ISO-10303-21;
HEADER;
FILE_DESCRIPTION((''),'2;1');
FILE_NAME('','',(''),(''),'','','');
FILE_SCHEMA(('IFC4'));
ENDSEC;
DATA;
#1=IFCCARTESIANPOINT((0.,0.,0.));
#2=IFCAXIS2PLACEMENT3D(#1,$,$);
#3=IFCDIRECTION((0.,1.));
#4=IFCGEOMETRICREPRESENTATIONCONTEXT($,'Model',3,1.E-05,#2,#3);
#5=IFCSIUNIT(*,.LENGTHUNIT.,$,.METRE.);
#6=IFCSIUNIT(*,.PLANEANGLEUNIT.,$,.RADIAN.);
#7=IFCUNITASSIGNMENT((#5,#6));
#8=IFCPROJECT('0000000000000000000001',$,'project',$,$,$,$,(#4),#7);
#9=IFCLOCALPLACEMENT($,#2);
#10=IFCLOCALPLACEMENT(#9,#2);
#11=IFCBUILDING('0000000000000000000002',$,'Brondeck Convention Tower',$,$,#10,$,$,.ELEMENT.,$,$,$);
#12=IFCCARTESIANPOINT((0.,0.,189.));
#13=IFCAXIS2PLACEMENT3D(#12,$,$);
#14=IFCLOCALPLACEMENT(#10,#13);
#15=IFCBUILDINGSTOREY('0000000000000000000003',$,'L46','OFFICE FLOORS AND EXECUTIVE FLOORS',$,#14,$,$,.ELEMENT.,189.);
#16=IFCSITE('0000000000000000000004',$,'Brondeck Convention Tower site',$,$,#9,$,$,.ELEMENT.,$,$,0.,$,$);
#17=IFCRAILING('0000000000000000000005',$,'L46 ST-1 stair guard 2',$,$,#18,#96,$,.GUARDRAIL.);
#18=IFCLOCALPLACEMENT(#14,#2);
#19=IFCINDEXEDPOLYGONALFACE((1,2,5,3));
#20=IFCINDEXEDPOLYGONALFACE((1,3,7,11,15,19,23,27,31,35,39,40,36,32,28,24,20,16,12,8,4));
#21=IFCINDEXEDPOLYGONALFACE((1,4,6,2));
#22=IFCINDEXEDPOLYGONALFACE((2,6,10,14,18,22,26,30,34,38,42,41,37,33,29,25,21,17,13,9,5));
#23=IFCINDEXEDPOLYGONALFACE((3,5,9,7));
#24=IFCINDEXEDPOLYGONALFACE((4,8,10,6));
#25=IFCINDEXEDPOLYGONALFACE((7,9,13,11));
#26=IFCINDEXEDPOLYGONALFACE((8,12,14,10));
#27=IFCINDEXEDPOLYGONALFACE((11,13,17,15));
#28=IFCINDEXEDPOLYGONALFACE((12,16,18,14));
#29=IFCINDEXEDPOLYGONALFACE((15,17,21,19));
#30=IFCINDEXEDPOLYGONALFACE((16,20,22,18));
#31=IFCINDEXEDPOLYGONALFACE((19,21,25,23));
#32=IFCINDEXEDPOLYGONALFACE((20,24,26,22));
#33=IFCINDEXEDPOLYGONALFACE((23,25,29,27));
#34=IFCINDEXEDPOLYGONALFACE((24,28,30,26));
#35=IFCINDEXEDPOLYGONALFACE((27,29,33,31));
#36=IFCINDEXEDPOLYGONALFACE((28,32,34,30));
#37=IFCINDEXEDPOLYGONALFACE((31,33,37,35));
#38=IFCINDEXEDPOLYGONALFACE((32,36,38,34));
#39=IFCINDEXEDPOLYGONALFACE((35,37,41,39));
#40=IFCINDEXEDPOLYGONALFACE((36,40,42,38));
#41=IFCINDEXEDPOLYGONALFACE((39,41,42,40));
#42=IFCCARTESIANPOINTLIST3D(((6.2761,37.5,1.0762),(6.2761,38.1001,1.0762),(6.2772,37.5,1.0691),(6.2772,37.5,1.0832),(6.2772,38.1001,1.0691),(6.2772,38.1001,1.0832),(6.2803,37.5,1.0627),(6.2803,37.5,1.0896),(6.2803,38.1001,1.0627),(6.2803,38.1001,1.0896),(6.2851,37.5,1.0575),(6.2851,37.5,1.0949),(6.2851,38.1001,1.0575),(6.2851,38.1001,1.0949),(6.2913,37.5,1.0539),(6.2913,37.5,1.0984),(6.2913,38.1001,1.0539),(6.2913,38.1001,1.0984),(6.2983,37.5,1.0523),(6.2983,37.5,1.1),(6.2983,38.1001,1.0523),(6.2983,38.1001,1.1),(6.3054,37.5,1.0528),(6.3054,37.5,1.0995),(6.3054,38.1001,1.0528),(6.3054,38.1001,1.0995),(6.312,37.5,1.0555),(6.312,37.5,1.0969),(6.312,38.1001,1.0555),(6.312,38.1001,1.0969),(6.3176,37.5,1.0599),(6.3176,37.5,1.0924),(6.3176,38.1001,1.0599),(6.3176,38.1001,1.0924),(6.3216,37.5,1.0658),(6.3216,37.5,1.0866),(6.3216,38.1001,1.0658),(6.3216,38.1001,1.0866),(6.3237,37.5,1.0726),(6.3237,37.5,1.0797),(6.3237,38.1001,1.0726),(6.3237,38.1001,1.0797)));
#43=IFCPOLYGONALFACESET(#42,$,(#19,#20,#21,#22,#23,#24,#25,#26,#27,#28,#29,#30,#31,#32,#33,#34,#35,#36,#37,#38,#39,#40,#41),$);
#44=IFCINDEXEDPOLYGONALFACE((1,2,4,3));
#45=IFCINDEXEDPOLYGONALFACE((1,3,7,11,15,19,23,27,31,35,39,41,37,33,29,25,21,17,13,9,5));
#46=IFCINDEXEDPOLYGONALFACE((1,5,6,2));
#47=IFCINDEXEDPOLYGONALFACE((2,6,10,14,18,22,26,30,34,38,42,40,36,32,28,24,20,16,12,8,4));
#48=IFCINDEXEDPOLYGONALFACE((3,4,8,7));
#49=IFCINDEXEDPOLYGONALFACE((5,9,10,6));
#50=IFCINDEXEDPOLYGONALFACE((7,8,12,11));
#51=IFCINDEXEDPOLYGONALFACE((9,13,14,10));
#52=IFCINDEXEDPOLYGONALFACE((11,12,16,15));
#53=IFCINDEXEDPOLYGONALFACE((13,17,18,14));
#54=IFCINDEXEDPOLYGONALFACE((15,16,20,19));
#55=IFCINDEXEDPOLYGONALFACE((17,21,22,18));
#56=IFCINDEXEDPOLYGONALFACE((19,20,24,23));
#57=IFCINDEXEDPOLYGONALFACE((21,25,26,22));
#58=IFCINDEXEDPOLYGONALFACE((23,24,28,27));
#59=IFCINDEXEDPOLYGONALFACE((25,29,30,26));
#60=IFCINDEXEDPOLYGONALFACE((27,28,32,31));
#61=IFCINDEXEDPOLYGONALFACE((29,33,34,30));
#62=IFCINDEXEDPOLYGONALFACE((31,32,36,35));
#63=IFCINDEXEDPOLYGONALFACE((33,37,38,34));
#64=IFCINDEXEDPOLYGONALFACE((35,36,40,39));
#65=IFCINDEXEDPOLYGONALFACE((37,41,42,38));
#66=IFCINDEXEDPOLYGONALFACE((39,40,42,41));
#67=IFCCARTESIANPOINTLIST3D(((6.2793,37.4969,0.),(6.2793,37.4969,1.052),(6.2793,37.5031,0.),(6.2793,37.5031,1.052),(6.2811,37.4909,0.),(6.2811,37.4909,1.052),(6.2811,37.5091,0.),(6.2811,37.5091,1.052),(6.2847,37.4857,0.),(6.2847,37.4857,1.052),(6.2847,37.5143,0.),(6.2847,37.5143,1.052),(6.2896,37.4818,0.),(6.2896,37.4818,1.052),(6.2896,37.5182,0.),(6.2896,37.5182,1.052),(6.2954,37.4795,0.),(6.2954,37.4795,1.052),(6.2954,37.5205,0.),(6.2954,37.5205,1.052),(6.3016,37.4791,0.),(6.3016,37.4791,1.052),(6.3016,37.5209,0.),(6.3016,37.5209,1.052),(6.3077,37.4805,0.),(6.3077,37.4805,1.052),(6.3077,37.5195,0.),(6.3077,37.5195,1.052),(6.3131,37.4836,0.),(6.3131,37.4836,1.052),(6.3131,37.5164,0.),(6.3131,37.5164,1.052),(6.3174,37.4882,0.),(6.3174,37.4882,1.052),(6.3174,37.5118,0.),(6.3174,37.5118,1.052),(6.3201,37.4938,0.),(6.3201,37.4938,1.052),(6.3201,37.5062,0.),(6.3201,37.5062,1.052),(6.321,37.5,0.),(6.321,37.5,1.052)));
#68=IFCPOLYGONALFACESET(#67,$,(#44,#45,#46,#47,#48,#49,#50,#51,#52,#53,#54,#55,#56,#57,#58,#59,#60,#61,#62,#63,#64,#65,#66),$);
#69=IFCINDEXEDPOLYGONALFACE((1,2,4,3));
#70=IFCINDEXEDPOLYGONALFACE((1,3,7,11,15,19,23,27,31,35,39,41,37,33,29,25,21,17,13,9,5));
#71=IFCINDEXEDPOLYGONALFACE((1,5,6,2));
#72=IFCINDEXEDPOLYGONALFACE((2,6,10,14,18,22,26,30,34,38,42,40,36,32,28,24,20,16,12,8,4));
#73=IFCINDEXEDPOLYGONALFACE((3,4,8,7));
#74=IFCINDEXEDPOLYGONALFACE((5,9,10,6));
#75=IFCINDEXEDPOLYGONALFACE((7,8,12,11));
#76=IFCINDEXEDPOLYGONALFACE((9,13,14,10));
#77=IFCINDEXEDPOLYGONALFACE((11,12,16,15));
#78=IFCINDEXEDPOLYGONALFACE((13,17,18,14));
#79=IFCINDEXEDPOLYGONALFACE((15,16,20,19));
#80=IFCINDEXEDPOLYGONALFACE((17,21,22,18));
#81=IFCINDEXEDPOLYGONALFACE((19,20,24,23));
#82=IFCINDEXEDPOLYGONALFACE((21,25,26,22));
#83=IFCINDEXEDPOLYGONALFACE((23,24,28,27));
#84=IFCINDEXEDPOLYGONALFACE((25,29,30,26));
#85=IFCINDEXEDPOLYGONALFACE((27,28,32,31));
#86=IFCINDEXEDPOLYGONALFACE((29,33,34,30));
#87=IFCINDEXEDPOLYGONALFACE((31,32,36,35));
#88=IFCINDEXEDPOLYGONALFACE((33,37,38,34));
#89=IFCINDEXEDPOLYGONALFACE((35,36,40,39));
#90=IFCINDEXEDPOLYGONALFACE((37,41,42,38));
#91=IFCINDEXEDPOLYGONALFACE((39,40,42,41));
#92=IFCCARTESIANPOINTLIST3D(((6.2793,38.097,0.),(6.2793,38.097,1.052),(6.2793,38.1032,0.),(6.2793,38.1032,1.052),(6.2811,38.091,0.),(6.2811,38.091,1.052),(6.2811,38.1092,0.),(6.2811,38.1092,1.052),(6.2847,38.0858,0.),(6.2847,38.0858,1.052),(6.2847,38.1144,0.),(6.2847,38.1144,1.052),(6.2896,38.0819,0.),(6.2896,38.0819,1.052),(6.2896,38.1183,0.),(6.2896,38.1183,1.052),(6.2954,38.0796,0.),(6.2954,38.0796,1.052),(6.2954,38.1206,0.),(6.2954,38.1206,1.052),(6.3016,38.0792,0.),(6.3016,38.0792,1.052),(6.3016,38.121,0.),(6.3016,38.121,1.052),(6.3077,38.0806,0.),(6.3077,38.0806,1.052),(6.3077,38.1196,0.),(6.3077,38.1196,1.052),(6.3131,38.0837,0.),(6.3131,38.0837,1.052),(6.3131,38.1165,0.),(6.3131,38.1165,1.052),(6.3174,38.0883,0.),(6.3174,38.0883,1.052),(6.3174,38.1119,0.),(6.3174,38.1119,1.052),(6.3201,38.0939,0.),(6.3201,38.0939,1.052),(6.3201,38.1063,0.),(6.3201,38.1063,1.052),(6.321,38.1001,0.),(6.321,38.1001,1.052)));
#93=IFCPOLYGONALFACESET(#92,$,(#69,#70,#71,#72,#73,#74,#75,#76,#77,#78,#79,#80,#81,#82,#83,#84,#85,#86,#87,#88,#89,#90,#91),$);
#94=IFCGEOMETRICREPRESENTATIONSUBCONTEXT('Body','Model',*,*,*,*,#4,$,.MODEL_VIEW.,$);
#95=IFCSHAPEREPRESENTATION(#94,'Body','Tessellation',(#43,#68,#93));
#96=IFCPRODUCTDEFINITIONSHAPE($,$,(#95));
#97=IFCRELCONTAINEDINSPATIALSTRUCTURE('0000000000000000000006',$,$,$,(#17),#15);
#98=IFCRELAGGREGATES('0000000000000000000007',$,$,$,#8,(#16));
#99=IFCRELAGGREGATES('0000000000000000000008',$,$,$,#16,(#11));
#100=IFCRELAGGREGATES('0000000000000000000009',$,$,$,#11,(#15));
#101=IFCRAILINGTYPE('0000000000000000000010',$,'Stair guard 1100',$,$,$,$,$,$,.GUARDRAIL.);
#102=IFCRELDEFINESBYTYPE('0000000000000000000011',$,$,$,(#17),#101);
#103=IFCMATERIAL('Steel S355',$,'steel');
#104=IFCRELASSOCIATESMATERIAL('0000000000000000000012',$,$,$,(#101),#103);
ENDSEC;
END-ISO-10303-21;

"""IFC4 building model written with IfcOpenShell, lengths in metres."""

from ifc_helpers import new_model, si_unit, direction, frame, origin, origin_2d, place, context, subcontext, project, spatial, circle, extrude, material, type_object, element, save


model = new_model("IFC4")

# Units and contexts
model_context = context("Model", 3, precision=1e-05, world=origin(), true_north=direction((0.0, 1.0)))
body_context = subcontext(model_context, "Body", "Model", "MODEL_VIEW")
ifc_project = project(units=[si_unit("LENGTHUNIT", "METRE"), si_unit("PLANEANGLEUNIT", "RADIAN")], contexts=[model_context])

# Site, building, storey
site_placement = place(None, origin())
site = spatial("IfcSite", under=ifc_project, at=site_placement, Name="Brondeck Convention Tower site", CompositionType="ELEMENT", RefElevation=0.0)
building_placement = place(site_placement, origin())
building = spatial("IfcBuilding", under=site, at=building_placement, Name="Brondeck Convention Tower", CompositionType="ELEMENT")
storey_placement = place(building_placement, frame((0.0, 0.0, 189.0)))
storey = spatial("IfcBuildingStorey", under=building, at=storey_placement, Name="L46", Description="OFFICE FLOORS AND EXECUTIVE FLOORS", CompositionType="ELEMENT", Elevation=189.0)

# Shared definitions
ifc_material_1 = material(Name="Steel S355", Category="steel")

# Railing
railing_type_1 = type_object("IfcRailingType", Name="Stair guard 1100", PredefinedType="GUARDRAIL", material=ifc_material_1)
railing_1_placement = place(storey_placement, frame((6.3, 37.5, 0.0)))
element("IfcRailing", 1, at=railing_1_placement, inside=storey, type_object=railing_type_1, Name="L46 ST-1 stair guard 2", PredefinedType="GUARDRAIL", context=body_context, shape_type="SweptSolid", body=[
    extrude(circle(Radius=0.0239, at=origin_2d()), frame((0.0, 0.0, 1.0762), z_axis=(0.0, 1.0, 0.0), x_axis=(-1.0, 0.0, 0.0)), (0.0, 0.0, 1.0), 0.6001),
    extrude(circle(Radius=0.021, at=origin_2d()), origin(), (0.0, 0.0, 1.0), 1.052),
    extrude(circle(Radius=0.021, at=origin_2d()), frame((0.0, 0.6001, 0.0)), (0.0, 0.0, 1.0), 1.052),
])

save(model, "model.ifc")
